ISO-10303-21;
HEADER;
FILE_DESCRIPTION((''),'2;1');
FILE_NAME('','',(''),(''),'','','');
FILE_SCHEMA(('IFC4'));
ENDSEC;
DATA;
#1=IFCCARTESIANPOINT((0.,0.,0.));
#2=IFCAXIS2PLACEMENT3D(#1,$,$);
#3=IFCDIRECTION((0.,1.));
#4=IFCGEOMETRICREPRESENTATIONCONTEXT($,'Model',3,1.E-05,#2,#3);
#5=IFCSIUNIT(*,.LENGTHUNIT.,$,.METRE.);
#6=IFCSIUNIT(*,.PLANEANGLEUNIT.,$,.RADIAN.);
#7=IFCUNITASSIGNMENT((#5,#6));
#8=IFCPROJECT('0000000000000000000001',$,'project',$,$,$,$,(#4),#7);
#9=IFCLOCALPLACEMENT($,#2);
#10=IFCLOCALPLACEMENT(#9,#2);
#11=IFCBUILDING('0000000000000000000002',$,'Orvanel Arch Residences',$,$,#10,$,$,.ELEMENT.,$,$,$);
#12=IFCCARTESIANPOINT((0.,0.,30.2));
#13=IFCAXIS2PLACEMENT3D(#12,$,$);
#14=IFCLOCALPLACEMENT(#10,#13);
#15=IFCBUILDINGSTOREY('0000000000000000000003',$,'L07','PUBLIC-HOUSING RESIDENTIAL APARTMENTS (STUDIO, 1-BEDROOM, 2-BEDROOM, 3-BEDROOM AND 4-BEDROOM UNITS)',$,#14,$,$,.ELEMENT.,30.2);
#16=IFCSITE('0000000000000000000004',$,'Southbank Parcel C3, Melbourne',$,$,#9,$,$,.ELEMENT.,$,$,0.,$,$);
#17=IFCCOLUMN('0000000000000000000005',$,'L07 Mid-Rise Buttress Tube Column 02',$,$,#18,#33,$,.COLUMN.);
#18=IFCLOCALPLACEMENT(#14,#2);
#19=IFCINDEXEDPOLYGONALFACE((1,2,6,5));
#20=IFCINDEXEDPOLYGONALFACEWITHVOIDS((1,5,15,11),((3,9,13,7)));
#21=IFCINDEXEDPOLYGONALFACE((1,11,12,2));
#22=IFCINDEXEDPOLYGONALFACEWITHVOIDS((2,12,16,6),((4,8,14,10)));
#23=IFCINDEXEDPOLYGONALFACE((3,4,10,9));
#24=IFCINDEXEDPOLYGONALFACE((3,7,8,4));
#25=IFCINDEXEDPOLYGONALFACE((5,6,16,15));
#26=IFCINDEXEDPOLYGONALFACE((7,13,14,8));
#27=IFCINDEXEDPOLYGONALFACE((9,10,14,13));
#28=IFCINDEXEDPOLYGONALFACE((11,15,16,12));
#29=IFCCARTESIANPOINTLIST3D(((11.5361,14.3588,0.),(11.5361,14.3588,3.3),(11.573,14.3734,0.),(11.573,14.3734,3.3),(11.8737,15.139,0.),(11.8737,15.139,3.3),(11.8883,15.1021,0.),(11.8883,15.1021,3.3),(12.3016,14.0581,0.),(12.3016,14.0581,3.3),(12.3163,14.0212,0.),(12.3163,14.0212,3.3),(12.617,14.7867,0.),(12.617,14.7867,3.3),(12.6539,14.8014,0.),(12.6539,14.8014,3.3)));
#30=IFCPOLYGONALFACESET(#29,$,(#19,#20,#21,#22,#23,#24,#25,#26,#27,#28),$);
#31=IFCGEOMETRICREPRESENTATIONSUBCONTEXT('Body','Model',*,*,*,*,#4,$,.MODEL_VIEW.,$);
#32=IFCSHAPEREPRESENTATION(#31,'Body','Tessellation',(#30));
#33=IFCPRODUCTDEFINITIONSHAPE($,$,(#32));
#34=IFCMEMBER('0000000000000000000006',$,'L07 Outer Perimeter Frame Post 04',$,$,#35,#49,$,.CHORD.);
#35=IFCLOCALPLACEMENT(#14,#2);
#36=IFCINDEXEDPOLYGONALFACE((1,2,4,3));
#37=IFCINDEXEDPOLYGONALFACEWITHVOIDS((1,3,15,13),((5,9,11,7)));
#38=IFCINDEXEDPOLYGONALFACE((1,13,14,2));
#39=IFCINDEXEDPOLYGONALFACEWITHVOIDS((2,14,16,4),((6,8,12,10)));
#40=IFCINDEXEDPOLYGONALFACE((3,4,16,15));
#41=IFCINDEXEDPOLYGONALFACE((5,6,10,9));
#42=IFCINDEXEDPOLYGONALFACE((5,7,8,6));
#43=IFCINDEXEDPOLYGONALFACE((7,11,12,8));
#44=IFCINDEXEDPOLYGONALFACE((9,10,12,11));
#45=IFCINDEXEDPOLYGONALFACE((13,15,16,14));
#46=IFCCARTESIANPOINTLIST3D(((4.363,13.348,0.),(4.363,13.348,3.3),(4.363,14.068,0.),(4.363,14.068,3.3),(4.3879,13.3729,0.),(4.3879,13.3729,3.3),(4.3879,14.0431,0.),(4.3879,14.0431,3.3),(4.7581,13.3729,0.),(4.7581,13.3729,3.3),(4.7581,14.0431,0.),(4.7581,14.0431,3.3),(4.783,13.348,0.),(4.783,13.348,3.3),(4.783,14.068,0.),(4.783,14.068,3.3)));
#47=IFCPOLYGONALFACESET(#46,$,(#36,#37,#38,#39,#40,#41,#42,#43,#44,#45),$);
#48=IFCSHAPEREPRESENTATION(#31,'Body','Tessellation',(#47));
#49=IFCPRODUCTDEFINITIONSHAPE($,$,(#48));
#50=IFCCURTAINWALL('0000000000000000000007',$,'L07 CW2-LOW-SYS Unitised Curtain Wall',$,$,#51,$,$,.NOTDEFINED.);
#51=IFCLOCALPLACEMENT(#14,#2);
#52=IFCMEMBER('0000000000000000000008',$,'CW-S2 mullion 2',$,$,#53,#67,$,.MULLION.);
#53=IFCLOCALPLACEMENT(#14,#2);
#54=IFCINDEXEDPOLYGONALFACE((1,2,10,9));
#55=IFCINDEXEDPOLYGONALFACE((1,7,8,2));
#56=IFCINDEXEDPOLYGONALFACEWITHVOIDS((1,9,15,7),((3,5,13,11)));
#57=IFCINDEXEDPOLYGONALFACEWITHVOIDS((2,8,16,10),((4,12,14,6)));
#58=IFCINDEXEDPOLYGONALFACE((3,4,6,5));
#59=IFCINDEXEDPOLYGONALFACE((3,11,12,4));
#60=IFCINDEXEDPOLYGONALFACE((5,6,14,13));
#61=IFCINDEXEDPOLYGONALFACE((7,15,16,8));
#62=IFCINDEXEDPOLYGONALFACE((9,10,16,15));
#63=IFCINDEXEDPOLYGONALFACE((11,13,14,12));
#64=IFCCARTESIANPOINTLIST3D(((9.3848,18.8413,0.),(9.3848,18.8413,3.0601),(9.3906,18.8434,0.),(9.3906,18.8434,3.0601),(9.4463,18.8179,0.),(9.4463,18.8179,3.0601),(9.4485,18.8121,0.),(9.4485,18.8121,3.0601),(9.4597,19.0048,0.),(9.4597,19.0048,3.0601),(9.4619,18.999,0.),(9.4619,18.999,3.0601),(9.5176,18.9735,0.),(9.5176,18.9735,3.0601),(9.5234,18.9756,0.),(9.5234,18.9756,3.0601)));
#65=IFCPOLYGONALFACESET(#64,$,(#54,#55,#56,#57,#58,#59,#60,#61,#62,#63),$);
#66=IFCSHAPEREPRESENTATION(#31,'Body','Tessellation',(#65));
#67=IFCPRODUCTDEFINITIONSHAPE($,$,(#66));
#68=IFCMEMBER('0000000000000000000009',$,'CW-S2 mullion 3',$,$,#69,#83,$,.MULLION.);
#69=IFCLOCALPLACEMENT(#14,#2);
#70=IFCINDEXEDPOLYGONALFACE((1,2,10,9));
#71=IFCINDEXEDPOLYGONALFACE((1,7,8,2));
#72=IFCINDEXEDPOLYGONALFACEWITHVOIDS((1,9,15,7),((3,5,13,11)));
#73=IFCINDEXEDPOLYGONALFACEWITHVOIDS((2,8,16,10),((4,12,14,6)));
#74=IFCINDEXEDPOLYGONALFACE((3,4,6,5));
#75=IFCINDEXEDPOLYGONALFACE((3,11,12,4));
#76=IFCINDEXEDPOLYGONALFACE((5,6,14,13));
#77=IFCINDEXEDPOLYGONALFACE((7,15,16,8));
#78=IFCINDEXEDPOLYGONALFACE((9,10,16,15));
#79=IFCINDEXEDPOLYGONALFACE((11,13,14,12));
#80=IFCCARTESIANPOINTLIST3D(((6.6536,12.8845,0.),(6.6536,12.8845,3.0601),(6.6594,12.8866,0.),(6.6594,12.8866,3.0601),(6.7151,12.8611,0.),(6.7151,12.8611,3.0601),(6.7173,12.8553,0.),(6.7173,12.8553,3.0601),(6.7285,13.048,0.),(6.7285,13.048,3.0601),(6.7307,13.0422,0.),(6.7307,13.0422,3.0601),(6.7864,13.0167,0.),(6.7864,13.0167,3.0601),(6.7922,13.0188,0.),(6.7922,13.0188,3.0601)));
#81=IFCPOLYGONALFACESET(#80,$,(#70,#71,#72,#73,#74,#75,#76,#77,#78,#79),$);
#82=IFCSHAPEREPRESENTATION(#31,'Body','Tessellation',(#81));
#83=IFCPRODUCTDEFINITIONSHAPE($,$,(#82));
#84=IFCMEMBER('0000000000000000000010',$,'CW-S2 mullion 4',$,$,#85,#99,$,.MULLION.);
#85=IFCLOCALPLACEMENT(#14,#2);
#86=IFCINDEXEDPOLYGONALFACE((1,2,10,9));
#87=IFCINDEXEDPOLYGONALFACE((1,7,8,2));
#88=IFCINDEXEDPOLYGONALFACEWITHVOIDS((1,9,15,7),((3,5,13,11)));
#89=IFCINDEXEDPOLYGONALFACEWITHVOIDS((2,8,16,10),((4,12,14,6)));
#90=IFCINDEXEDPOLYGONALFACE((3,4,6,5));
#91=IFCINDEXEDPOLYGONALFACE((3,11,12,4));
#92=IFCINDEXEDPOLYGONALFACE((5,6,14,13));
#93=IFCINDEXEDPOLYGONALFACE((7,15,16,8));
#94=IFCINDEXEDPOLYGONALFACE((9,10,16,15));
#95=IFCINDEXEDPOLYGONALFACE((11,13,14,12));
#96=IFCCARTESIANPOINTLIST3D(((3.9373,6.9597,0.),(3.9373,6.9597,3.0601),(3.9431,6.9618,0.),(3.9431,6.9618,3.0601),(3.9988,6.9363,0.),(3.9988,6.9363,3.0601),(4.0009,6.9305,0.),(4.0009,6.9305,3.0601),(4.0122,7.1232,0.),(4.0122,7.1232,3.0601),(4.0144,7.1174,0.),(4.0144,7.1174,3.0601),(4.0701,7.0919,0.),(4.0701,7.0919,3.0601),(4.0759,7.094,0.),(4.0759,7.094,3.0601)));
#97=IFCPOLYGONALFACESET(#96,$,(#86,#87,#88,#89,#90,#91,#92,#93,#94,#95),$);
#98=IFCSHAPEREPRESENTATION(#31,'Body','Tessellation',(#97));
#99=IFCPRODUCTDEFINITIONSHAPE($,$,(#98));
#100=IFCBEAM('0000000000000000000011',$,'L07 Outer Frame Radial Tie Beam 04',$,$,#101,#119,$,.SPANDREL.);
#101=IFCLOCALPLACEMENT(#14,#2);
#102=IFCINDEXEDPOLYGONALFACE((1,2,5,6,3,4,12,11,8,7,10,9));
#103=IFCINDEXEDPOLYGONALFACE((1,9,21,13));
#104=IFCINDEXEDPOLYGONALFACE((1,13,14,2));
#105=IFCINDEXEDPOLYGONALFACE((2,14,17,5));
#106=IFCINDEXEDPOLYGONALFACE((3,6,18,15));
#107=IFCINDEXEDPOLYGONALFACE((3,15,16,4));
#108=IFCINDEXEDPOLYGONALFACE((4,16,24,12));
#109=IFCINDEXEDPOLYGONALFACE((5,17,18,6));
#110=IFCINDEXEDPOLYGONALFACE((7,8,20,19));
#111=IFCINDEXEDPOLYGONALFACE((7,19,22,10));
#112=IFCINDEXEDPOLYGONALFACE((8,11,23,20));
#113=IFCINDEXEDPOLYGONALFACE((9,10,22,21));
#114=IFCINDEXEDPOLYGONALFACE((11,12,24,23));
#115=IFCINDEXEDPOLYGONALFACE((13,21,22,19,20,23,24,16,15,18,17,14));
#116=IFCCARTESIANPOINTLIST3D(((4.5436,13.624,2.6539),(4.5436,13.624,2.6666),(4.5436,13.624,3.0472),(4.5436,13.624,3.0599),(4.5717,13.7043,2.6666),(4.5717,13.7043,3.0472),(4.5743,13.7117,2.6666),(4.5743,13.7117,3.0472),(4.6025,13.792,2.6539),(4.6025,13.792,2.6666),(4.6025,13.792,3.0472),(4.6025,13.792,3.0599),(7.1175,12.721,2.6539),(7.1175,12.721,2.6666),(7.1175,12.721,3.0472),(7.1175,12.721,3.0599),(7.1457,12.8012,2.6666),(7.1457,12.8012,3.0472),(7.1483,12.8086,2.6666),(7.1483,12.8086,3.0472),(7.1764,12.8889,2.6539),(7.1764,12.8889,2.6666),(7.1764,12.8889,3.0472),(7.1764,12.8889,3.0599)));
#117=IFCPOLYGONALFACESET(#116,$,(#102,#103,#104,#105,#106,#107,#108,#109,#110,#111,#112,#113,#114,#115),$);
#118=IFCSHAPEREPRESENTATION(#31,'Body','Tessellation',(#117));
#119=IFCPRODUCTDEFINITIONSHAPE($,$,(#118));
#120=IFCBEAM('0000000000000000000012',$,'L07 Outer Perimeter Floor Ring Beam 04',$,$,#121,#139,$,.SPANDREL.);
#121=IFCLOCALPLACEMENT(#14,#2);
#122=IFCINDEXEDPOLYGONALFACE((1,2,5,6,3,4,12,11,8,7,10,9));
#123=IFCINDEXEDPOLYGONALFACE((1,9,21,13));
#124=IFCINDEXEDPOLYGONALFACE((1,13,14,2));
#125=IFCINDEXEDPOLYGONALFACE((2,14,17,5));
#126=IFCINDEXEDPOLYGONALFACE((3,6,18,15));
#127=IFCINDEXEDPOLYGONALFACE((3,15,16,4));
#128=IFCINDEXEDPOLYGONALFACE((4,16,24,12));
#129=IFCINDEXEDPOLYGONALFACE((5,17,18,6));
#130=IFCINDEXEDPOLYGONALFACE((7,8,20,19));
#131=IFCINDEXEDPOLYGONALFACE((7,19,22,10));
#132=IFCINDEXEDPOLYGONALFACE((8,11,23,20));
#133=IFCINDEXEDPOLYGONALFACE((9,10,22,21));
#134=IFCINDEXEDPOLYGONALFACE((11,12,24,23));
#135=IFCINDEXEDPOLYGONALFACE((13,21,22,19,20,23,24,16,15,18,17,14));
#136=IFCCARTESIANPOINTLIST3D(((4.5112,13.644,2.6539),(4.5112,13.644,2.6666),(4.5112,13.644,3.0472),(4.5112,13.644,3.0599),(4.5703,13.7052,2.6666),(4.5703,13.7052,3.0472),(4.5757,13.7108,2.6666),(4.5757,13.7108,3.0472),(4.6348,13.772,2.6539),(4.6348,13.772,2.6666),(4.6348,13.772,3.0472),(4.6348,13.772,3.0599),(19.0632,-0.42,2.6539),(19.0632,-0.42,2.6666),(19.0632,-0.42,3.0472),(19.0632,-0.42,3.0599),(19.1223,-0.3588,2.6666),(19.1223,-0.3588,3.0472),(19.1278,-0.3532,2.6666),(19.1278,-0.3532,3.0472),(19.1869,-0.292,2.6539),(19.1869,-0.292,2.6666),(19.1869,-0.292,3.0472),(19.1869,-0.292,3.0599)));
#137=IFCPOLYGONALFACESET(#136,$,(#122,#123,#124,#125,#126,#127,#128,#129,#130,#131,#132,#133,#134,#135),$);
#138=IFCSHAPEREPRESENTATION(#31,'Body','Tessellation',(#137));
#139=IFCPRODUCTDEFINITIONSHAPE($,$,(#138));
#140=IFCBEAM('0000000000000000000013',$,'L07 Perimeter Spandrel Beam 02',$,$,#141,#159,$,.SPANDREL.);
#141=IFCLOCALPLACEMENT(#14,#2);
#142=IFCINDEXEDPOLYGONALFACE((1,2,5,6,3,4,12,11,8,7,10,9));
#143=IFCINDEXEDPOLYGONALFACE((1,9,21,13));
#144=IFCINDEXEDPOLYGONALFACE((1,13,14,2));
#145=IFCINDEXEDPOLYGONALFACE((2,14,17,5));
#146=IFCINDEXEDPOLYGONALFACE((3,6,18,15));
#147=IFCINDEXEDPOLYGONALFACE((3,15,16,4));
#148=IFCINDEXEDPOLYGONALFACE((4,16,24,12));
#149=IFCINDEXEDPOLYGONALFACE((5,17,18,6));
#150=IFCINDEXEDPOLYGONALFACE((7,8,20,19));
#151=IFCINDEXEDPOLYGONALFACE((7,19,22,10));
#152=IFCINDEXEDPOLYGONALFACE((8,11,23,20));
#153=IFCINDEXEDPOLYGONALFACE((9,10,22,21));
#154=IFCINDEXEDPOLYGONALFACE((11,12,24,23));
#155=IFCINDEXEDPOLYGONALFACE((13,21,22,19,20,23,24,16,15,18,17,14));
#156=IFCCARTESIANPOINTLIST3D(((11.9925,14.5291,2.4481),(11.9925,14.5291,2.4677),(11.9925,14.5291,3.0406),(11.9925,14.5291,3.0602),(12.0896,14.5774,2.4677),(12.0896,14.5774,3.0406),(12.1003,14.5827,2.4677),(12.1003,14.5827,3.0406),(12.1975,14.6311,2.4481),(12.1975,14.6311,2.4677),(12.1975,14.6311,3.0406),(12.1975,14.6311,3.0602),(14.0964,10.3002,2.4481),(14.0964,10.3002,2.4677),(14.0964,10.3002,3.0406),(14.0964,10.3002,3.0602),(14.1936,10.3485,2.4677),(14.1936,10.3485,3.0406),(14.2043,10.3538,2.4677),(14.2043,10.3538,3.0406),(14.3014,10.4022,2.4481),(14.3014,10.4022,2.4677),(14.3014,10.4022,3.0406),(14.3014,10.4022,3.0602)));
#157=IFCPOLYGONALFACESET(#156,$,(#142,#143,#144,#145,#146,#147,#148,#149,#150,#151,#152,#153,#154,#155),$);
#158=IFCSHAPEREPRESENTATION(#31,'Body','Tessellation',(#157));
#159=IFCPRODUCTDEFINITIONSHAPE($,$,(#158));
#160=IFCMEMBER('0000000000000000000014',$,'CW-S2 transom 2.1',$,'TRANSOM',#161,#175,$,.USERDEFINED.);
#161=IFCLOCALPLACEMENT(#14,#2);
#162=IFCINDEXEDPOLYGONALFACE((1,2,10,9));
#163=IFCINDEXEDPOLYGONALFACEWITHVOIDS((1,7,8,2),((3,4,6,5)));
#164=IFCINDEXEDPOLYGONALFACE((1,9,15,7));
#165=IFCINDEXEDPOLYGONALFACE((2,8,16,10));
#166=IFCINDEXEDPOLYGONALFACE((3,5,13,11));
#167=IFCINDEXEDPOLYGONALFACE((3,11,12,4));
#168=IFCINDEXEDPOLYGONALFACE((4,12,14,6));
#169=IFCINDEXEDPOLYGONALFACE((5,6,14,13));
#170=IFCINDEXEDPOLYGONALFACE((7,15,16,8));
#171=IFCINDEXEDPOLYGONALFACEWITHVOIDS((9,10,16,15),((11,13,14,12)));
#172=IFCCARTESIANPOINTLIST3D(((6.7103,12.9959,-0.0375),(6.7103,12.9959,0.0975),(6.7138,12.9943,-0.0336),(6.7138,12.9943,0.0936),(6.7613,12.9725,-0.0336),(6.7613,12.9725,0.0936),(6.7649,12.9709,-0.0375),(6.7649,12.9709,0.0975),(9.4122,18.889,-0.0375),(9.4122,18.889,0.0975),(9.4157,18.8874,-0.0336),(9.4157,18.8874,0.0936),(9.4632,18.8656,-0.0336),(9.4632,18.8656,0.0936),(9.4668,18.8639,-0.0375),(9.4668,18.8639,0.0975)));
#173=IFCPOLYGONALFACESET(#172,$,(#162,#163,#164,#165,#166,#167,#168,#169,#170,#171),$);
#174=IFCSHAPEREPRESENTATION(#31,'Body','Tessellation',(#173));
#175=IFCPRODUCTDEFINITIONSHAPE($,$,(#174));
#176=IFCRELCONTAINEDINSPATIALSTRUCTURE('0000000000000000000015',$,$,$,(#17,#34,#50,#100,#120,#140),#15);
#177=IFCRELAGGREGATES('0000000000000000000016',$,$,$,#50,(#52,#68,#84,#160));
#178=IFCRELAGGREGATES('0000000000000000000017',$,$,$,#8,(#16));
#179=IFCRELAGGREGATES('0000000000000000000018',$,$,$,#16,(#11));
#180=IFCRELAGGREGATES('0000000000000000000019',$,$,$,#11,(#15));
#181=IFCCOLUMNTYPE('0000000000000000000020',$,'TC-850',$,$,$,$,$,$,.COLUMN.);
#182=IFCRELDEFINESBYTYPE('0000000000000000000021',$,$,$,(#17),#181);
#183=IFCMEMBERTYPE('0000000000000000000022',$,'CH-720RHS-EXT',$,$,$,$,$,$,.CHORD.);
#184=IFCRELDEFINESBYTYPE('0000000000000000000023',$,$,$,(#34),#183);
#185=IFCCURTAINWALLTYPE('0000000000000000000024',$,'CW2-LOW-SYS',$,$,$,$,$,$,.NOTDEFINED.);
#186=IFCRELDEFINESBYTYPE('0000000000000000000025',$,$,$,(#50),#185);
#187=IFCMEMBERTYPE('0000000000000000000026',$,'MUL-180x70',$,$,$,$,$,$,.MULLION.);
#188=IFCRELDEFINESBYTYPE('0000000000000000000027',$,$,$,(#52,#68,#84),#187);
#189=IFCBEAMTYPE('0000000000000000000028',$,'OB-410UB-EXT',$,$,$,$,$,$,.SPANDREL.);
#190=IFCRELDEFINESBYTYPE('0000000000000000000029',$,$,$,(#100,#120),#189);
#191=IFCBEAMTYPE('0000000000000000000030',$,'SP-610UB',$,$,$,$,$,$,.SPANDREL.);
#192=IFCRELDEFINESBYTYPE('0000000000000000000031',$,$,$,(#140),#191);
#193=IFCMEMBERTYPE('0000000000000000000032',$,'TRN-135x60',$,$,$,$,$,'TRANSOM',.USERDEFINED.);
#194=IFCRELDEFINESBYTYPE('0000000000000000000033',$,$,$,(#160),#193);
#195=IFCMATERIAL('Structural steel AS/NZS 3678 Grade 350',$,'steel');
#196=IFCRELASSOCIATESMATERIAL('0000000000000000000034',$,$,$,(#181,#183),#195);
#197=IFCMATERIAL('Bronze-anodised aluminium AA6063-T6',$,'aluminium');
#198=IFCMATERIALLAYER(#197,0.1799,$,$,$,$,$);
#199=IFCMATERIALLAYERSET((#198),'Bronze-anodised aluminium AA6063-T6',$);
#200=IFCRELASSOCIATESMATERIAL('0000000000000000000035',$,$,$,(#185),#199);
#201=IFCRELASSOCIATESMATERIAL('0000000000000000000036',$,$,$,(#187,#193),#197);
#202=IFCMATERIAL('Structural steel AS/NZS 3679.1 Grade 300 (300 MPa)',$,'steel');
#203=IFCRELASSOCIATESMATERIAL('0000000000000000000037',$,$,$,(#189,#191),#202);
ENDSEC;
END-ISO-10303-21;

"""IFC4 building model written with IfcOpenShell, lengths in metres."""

from ifc_helpers import new_model, si_unit, direction, frame, origin, origin_2d, place, context, subcontext, project, spatial, hollow_rectangle, i_section, extrude, material, layer, layer_set, material_profile, profile_set, type_object, element, aggregate, save


model = new_model("IFC4")

# Units and contexts
model_context = context("Model", 3, precision=1e-05, world=origin(), true_north=direction((0.0, 1.0)))
body_context = subcontext(model_context, "Body", "Model", "MODEL_VIEW")
ifc_project = project(units=[si_unit("LENGTHUNIT", "METRE"), si_unit("PLANEANGLEUNIT", "RADIAN")], contexts=[model_context])

# Site, building, storey
site_placement = place(None, origin())
site = spatial("IfcSite", under=ifc_project, at=site_placement, Name="Southbank Parcel C3, Melbourne", CompositionType="ELEMENT", RefElevation=0.0)
building_placement = place(site_placement, origin())
building = spatial("IfcBuilding", under=site, at=building_placement, Name="Orvanel Arch Residences", CompositionType="ELEMENT")
storey_placement = place(building_placement, frame((0.0, 0.0, 30.2)))
storey = spatial("IfcBuildingStorey", under=building, at=storey_placement, Name="L07", Description="PUBLIC-HOUSING RESIDENTIAL APARTMENTS (STUDIO, 1-BEDROOM, 2-BEDROOM, 3-BEDROOM AND 4-BEDROOM UNITS)", CompositionType="ELEMENT", Elevation=30.2)

# Column
ifc_material_1 = material(Name="Structural steel AS/NZS 3678 Grade 350", Category="steel")
ifc_material_profile_1 = material_profile(ifc_material_1, hollow_rectangle(XDim=0.8501, YDim=0.8501, WallThickness=0.0281, at=origin_2d()), Name="BOX850x850x28")
ifc_profile_set_1 = profile_set([ifc_material_profile_1], Name="Structural steel AS/NZS 3678 Grade 350")
column_type = type_object("IfcColumnType", Name="TC-850", PredefinedType="COLUMN", material=ifc_profile_set_1)
column_placement = place(storey_placement, frame((12.095, 14.5801, 0.0), z_axis=(0.0, 0.0, 1.0), x_axis=(0.397148, 0.917755, 0.0)))
element("IfcColumn", 1, at=column_placement, inside=storey, type_object=column_type, Name="L07 Mid-Rise Buttress Tube Column 02", PredefinedType="COLUMN", context=body_context, shape_type="SweptSolid", body=[
    extrude(hollow_rectangle(XDim=0.8501, YDim=0.8501, WallThickness=0.0281, at=origin_2d()), origin(), (0.0, 0.0, 1.0), 3.3),
])

# Member
ifc_material_profile_2 = material_profile(ifc_material_1, hollow_rectangle(XDim=0.4199, YDim=0.72, WallThickness=0.0249, at=origin_2d()), Name="RHS720x420x25")
ifc_profile_set_2 = profile_set([ifc_material_profile_2], Name="Structural steel AS/NZS 3678 Grade 350")
member_type_1 = type_object("IfcMemberType", Name="CH-720RHS-EXT", PredefinedType="CHORD", material=ifc_profile_set_2)
member_1_placement = place(storey_placement, frame((4.573, 13.708, 0.0), z_axis=(0.0, 0.0, 1.0), x_axis=(1.0, 0.0, 0.0)))
element("IfcMember", 2, at=member_1_placement, inside=storey, type_object=member_type_1, Name="L07 Outer Perimeter Frame Post 04", PredefinedType="CHORD", context=body_context, shape_type="SweptSolid", body=[
    extrude(hollow_rectangle(XDim=0.4199, YDim=0.72, WallThickness=0.0249, at=origin_2d()), origin(), (0.0, 0.0, 1.0), 3.3),
])

# Curtain wall, members
ifc_material_2 = material(Name="Bronze-anodised aluminium AA6063-T6", Category="aluminium")
ifc_layer_1 = layer(ifc_material_2, 0.1799)
ifc_layer_set_1 = layer_set([ifc_layer_1], Name="Bronze-anodised aluminium AA6063-T6")
curtain_wall_type = type_object("IfcCurtainWallType", Name="CW2-LOW-SYS", PredefinedType="NOTDEFINED", material=ifc_layer_set_1)
curtain_wall_placement = place(storey_placement, origin())
curtain_wall = element("IfcCurtainWall", 3, at=curtain_wall_placement, inside=storey, type_object=curtain_wall_type, Name="L07 CW2-LOW-SYS Unitised Curtain Wall", PredefinedType="NOTDEFINED")
ifc_material_profile_3 = material_profile(ifc_material_2, hollow_rectangle(XDim=0.0701, YDim=0.1799, WallThickness=0.0044, at=origin_2d()), Name="ALU180x70x4.5")
ifc_profile_set_3 = profile_set([ifc_material_profile_3], Name="Bronze-anodised aluminium AA6063-T6")
member_type_2 = type_object("IfcMemberType", Name="MUL-180x70", PredefinedType="MULLION", material=ifc_profile_set_3)
member_2_placement = place(storey_placement, frame((9.4541, 18.9084, 0.0), z_axis=(0.0, 0.0, 1.0), x_axis=(0.909015, -0.416763, 0.0)))
member_2 = element("IfcMember", 4, at=member_2_placement, type_object=member_type_2, Name="CW-S2 mullion 2", PredefinedType="MULLION", context=body_context, shape_type="SweptSolid", body=[
    extrude(hollow_rectangle(XDim=0.0701, YDim=0.1799, WallThickness=0.0044, at=origin_2d()), origin(), (0.0, 0.0, 1.0), 3.0601),
])
member_3_placement = place(storey_placement, frame((6.7229, 12.9517, 0.0), z_axis=(0.0, 0.0, 1.0), x_axis=(0.909015, -0.416763, 0.0)))
member_3 = element("IfcMember", 5, at=member_3_placement, type_object=member_type_2, Name="CW-S2 mullion 3", PredefinedType="MULLION", context=body_context, shape_type="SweptSolid", body=[
    extrude(hollow_rectangle(XDim=0.0701, YDim=0.1799, WallThickness=0.0044, at=origin_2d()), origin(), (0.0, 0.0, 1.0), 3.0601),
])
member_4_placement = place(storey_placement, frame((4.0066, 7.0269, 0.0), z_axis=(0.0, 0.0, 1.0), x_axis=(0.909015, -0.416763, 0.0)))
member_4 = element("IfcMember", 6, at=member_4_placement, type_object=member_type_2, Name="CW-S2 mullion 4", PredefinedType="MULLION", context=body_context, shape_type="SweptSolid", body=[
    extrude(hollow_rectangle(XDim=0.0701, YDim=0.1799, WallThickness=0.0044, at=origin_2d()), origin(), (0.0, 0.0, 1.0), 3.0601),
])

# Beams
ifc_material_3 = material(Name="Structural steel AS/NZS 3679.1 Grade 300 (300 MPa)", Category="steel")
ifc_material_profile_4 = material_profile(ifc_material_3, i_section(OverallWidth=0.178, OverallDepth=0.406, WebThickness=0.0078, FlangeThickness=0.0127, at=origin_2d()), Name="410UB59.7")
ifc_profile_set_4 = profile_set([ifc_material_profile_4], Name="Structural steel AS/NZS 3679.1 Grade 300 (300 MPa)")
beam_type_1 = type_object("IfcBeamType", Name="OB-410UB-EXT", PredefinedType="SPANDREL", material=ifc_profile_set_4)
beam_1_placement = place(storey_placement, frame((7.147, 12.8049, 2.8569), z_axis=(-0.943608, 0.331064, 0.0), x_axis=(-0.331064, -0.943608, 0.0)))
element("IfcBeam", 7, at=beam_1_placement, inside=storey, type_object=beam_type_1, Name="L07 Outer Frame Radial Tie Beam 04", PredefinedType="SPANDREL", context=body_context, shape_type="SweptSolid", body=[
    extrude(i_section(OverallWidth=0.178, OverallDepth=0.406, WebThickness=0.0078, FlangeThickness=0.0127, at=origin_2d()), origin(), (0.0, 0.0, 1.0), 2.7278),
])
beam_2_placement = place(storey_placement, frame((4.573, 13.708, 2.8569), z_axis=(0.719062, -0.694946, 0.0), x_axis=(0.694946, 0.719062, 0.0)))
element("IfcBeam", 8, at=beam_2_placement, inside=storey, type_object=beam_type_1, Name="L07 Outer Perimeter Floor Ring Beam 04", PredefinedType="SPANDREL", context=body_context, shape_type="SweptSolid", body=[
    extrude(i_section(OverallWidth=0.178, OverallDepth=0.406, WebThickness=0.0078, FlangeThickness=0.0127, at=origin_2d()), origin(), (0.0, 0.0, 1.0), 20.2375),
])
ifc_material_profile_5 = material_profile(ifc_material_3, i_section(OverallWidth=0.229, OverallDepth=0.6121, WebThickness=0.012, FlangeThickness=0.0195, at=origin_2d()), Name="610UB125")
ifc_profile_set_5 = profile_set([ifc_material_profile_5], Name="Structural steel AS/NZS 3679.1 Grade 300 (300 MPa)")
beam_type_2 = type_object("IfcBeamType", Name="SP-610UB", PredefinedType="SPANDREL", material=ifc_profile_set_5)
beam_3_placement = place(storey_placement, frame((12.095, 14.5801, 2.7542), z_axis=(0.445435, -0.895314, 0.0), x_axis=(0.895314, 0.445435, 0.0)))
element("IfcBeam", 9, at=beam_3_placement, inside=storey, type_object=beam_type_2, Name="L07 Perimeter Spandrel Beam 02", PredefinedType="SPANDREL", context=body_context, shape_type="SweptSolid", body=[
    extrude(i_section(OverallWidth=0.229, OverallDepth=0.6121, WebThickness=0.012, FlangeThickness=0.0195, at=origin_2d()), origin(), (0.0, 0.0, 1.0), 4.7234),
])

# Member
ifc_material_profile_6 = material_profile(ifc_material_2, hollow_rectangle(XDim=0.0601, YDim=0.135, WallThickness=0.0039, at=origin_2d()), Name="ALU135x60x4")
ifc_profile_set_6 = profile_set([ifc_material_profile_6], Name="Bronze-anodised aluminium AA6063-T6")
member_type_3 = type_object("IfcMemberType", Name="TRN-135x60", ElementType="TRANSOM", PredefinedType="USERDEFINED", material=ifc_profile_set_6)
member_5_placement = place(storey_placement, frame((9.4395, 18.8765, 0.03), z_axis=(-0.416771, -0.909011, 0.0), x_axis=(0.909011, -0.416771, 0.0)))
member_5 = element("IfcMember", 10, at=member_5_placement, type_object=member_type_3, Name="CW-S2 transom 2.1", ObjectType="TRANSOM", PredefinedType="USERDEFINED", context=body_context, shape_type="SweptSolid", body=[
    extrude(hollow_rectangle(XDim=0.0601, YDim=0.135, WallThickness=0.0039, at=origin_2d()), origin(), (0.0, 0.0, 1.0), 6.4829),
])

aggregate(curtain_wall, [member_2, member_3, member_4, member_5])

save(model, "model.ifc")
